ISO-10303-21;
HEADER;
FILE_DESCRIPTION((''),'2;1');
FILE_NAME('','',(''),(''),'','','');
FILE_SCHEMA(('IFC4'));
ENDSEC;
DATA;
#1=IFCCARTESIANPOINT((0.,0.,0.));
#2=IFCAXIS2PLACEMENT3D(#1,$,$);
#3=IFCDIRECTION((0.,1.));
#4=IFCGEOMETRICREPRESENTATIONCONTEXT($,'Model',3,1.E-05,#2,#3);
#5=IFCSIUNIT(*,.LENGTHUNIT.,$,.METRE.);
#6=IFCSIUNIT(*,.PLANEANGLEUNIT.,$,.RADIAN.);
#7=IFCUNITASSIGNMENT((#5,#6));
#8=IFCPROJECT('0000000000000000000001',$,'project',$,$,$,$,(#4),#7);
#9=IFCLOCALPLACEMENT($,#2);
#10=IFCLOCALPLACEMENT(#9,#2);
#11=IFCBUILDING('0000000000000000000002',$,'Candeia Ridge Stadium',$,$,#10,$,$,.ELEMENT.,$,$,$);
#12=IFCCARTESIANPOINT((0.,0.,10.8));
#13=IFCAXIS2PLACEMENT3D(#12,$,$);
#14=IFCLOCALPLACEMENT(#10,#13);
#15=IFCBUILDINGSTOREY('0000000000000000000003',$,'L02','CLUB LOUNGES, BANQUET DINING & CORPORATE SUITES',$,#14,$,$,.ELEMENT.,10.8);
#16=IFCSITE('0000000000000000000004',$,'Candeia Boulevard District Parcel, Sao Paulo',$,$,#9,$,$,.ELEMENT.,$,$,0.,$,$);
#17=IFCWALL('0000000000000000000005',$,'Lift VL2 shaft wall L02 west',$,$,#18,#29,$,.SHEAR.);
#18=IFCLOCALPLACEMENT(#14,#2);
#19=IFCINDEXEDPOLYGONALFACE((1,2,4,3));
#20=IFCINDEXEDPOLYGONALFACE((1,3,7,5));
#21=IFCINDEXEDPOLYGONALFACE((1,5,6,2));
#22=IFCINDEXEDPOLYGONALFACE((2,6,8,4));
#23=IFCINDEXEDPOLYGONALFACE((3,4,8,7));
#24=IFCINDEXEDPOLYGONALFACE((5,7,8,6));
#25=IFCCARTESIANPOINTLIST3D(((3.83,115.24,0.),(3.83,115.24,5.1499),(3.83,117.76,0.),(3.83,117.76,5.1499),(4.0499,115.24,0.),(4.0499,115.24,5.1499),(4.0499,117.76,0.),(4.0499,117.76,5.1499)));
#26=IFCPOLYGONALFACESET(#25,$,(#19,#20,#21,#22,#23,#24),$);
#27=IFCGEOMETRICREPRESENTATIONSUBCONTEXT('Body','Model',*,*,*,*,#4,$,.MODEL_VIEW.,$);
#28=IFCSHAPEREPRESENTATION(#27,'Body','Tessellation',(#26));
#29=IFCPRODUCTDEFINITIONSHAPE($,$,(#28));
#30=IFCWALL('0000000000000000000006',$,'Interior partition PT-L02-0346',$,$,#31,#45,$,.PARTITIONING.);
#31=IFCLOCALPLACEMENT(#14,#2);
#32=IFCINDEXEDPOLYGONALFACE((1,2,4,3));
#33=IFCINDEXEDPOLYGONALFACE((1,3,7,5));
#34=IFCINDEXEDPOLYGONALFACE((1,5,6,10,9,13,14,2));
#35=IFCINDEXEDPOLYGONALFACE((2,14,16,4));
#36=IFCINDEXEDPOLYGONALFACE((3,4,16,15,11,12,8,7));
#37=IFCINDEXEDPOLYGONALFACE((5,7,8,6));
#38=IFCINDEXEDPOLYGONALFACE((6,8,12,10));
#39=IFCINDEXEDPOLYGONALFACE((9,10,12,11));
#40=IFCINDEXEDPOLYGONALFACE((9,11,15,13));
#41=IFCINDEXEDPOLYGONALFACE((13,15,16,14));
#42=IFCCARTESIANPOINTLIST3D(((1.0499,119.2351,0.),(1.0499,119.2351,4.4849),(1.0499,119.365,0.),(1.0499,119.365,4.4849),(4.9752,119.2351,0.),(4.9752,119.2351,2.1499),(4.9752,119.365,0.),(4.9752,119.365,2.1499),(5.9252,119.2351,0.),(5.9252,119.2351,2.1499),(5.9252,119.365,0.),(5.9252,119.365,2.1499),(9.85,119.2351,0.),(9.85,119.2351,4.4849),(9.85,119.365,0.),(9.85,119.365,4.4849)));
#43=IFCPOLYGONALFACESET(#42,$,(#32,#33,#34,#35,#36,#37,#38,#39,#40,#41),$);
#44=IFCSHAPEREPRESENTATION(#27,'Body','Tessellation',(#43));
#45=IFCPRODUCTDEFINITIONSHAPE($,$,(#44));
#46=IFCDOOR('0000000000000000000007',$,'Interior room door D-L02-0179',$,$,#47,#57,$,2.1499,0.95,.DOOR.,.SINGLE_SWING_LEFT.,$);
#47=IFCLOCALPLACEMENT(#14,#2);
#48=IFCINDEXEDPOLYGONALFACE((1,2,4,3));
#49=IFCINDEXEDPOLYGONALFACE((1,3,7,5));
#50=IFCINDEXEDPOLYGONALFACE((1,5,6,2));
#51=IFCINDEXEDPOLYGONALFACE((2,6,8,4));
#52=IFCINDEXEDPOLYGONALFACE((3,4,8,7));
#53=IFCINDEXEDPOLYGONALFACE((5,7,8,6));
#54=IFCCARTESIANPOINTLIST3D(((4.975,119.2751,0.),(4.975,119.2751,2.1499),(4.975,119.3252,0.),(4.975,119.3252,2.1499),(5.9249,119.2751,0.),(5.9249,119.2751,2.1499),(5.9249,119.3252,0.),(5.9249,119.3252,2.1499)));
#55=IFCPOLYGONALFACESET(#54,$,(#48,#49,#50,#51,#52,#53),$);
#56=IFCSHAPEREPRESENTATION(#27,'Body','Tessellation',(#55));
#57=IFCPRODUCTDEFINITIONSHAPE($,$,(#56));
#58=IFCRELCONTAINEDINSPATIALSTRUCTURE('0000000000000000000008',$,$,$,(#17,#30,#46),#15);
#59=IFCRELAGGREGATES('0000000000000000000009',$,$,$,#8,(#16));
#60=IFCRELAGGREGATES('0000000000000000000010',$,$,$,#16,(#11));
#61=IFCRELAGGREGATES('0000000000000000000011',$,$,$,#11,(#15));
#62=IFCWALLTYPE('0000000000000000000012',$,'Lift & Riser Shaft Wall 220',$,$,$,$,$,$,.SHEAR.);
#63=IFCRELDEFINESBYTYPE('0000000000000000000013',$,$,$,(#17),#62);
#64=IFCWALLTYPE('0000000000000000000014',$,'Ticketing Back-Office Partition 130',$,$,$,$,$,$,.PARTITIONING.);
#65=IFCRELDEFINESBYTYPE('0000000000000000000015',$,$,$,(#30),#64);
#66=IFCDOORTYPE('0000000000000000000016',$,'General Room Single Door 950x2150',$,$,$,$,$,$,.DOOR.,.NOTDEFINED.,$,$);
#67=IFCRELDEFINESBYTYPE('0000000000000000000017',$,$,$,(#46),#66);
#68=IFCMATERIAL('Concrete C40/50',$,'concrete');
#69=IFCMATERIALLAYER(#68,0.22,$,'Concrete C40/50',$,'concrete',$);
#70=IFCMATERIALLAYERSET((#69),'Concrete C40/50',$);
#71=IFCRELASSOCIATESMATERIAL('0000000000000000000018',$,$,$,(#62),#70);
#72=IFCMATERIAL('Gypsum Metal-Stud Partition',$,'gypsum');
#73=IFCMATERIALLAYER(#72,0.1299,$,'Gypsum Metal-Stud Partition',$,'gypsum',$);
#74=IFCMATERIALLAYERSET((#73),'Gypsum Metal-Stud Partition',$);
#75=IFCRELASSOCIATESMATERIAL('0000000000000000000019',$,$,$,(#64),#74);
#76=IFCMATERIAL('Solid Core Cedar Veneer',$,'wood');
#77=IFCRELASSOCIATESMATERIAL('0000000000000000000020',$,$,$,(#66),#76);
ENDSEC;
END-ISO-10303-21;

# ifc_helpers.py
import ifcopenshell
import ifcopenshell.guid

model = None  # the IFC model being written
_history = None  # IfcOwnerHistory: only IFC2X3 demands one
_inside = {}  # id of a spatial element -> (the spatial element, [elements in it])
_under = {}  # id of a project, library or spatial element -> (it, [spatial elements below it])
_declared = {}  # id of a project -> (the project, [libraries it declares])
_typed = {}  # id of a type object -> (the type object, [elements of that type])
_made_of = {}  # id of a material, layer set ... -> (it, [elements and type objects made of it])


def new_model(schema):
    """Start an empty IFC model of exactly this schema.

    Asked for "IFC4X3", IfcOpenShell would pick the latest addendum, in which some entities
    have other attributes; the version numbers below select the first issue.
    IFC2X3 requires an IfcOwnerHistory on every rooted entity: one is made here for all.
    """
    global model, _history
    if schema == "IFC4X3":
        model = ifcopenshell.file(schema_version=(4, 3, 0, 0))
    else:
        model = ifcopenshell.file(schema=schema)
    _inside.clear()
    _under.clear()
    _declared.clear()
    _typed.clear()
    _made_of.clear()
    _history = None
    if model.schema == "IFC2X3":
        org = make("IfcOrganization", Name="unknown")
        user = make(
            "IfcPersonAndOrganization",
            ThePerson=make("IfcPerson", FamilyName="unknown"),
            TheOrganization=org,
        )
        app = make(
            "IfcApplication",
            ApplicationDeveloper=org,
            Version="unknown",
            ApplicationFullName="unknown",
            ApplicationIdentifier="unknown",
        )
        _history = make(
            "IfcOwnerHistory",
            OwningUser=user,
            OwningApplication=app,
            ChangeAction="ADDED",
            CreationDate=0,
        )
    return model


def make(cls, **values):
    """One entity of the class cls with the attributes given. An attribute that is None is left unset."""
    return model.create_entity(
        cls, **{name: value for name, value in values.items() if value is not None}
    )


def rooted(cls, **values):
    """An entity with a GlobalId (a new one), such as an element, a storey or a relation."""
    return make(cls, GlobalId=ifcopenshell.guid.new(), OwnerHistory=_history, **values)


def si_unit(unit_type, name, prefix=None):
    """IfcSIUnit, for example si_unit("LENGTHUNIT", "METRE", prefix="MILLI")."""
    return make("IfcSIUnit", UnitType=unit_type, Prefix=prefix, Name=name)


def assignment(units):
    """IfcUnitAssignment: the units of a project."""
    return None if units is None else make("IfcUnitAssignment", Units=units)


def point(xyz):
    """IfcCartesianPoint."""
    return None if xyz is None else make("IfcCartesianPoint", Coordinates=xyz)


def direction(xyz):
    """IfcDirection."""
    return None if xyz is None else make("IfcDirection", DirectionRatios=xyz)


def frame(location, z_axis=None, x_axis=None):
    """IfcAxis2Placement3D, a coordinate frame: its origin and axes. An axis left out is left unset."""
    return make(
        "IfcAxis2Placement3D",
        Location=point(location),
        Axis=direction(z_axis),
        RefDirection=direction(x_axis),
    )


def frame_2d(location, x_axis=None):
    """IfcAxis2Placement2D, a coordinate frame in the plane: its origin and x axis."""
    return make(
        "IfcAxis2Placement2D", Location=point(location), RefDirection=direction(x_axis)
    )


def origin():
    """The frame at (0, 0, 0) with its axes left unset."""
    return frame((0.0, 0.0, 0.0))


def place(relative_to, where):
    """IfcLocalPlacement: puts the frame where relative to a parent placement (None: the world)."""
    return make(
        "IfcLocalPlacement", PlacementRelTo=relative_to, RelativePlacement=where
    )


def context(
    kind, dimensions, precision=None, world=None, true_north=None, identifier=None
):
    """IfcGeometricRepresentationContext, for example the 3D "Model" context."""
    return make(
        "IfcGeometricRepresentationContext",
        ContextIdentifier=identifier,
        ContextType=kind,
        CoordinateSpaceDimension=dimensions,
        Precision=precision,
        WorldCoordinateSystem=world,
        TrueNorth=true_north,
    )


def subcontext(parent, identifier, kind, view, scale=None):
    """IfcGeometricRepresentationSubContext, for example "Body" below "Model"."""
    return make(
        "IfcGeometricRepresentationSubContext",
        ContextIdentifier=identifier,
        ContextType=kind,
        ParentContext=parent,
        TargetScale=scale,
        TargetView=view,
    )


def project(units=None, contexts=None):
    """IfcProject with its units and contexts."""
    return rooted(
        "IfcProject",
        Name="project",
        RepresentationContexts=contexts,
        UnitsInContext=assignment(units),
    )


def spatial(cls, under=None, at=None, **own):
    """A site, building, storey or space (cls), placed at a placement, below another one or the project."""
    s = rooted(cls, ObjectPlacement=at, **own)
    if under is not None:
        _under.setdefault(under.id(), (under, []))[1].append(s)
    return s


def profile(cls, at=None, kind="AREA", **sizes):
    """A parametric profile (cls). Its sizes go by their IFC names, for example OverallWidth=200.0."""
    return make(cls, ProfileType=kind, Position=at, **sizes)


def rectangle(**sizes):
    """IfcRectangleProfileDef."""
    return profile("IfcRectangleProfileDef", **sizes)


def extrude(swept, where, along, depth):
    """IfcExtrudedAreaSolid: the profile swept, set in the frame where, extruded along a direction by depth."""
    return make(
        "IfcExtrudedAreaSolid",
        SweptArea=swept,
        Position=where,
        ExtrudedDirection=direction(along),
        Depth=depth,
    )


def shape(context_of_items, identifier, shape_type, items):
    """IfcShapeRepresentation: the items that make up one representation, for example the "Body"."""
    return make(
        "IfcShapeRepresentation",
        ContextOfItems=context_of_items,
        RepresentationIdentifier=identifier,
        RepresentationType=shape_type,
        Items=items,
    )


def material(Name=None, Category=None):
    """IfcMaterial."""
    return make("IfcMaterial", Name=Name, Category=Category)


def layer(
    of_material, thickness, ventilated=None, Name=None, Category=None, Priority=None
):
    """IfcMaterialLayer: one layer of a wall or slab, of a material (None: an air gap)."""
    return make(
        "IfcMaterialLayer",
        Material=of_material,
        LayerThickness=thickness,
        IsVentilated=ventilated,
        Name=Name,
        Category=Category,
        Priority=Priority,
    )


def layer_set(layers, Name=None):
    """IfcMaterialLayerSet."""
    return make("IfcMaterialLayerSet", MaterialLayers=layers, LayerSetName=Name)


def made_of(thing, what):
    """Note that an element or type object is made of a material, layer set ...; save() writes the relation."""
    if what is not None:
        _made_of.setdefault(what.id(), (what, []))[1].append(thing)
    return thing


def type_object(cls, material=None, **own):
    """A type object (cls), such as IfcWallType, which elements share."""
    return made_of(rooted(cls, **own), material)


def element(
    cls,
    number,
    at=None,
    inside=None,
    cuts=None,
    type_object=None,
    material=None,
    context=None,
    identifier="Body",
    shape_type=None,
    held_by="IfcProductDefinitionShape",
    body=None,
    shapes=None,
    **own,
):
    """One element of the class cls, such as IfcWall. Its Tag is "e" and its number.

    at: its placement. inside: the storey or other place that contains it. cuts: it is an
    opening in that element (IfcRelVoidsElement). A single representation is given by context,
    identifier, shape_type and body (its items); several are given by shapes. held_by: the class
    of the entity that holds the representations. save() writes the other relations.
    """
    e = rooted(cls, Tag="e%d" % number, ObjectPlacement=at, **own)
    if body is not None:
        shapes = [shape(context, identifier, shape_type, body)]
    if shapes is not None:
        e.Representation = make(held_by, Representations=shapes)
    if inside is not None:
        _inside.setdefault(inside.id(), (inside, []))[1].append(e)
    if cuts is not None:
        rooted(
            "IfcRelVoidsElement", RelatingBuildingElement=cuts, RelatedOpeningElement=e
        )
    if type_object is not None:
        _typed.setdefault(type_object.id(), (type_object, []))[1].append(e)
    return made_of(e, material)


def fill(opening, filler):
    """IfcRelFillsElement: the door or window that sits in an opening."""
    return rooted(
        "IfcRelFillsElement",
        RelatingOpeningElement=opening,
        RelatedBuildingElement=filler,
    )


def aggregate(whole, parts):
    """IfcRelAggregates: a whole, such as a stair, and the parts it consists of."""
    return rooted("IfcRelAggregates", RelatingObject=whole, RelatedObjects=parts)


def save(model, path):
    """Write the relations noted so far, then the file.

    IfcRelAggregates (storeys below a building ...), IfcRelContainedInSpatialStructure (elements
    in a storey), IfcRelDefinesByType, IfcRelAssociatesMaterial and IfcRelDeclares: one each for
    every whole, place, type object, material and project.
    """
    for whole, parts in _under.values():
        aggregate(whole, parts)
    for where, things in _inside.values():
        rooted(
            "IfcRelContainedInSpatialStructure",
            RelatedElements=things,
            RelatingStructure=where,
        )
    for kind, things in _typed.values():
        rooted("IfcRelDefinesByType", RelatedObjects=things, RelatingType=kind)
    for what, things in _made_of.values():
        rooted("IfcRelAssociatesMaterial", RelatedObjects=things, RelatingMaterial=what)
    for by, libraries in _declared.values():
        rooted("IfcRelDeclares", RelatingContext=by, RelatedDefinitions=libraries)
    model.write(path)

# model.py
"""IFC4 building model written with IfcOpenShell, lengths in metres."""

from ifc_helpers import new_model, si_unit, direction, frame, frame_2d, origin, place, context, subcontext, project, spatial, rectangle, extrude, material, layer, layer_set, type_object, element, fill, save


model = new_model("IFC4")

# Units and contexts
model_context = context("Model", 3, precision=1e-05, world=origin(), true_north=direction((0.0, 1.0)))
body_context = subcontext(model_context, "Body", "Model", "MODEL_VIEW")
ifc_project = project(units=[si_unit("LENGTHUNIT", "METRE"), si_unit("PLANEANGLEUNIT", "RADIAN")], contexts=[model_context])

# Site, building, storey
site_placement = place(None, origin())
site = spatial("IfcSite", under=ifc_project, at=site_placement, Name="Candeia Boulevard District Parcel, Sao Paulo", CompositionType="ELEMENT", RefElevation=0.0)
building_placement = place(site_placement, origin())
building = spatial("IfcBuilding", under=site, at=building_placement, Name="Candeia Ridge Stadium", CompositionType="ELEMENT")
storey_placement = place(building_placement, frame((0.0, 0.0, 10.8)))
storey = spatial("IfcBuildingStorey", under=building, at=storey_placement, Name="L02", Description="CLUB LOUNGES, BANQUET DINING & CORPORATE SUITES", CompositionType="ELEMENT", Elevation=10.8)

# Shared definitions
ifc_material_1 = material(Name="Concrete C40/50", Category="concrete")

# Shared definitions
ifc_layer_1 = layer(ifc_material_1, 0.22, Name="Concrete C40/50", Category="concrete")
ifc_layer_set_1 = layer_set([ifc_layer_1], Name="Concrete C40/50")
wall_type_1 = type_object("IfcWallType", Name="Lift & Riser Shaft Wall 220", PredefinedType="SHEAR", material=ifc_layer_set_1)

# Wall
wall_1_placement = place(storey_placement, frame((3.9399, 117.76, 0.0), z_axis=(0.0, 0.0, 1.0), x_axis=(0.0, -1.0, 0.0)))
element("IfcWall", 1, at=wall_1_placement, inside=storey, type_object=wall_type_1, Name="Lift VL2 shaft wall L02 west", PredefinedType="SHEAR", context=body_context, shape_type="SweptSolid", body=[
    extrude(rectangle(XDim=2.52, YDim=0.22, at=frame_2d((1.26, 0.0))), origin(), (0.0, 0.0, 1.0), 5.1499),
])

# Wall, opening, door
ifc_material_2 = material(Name="Gypsum Metal-Stud Partition", Category="gypsum")
ifc_layer_2 = layer(ifc_material_2, 0.1299, Name="Gypsum Metal-Stud Partition", Category="gypsum")
ifc_layer_set_2 = layer_set([ifc_layer_2], Name="Gypsum Metal-Stud Partition")
wall_type_2 = type_object("IfcWallType", Name="Ticketing Back-Office Partition 130", PredefinedType="PARTITIONING", material=ifc_layer_set_2)
wall_2_placement = place(storey_placement, frame((1.05, 119.3, 0.0), z_axis=(0.0, 0.0, 1.0), x_axis=(1.0, 0.0, 0.0)))
wall_2 = element("IfcWall", 2, at=wall_2_placement, inside=storey, type_object=wall_type_2, Name="Interior partition PT-L02-0346", PredefinedType="PARTITIONING", context=body_context, shape_type="SweptSolid", body=[
    extrude(rectangle(XDim=8.8, YDim=0.1299, at=frame_2d((4.3999, 0.0))), origin(), (0.0, 0.0, 1.0), 4.4849),
])
opening_1_placement = place(wall_2_placement, frame((3.925, 0.0, 0.0)))
opening_1 = element("IfcOpeningElement", 3, at=opening_1_placement, cuts=wall_2, PredefinedType="OPENING", context=body_context, shape_type="SweptSolid", body=[
    extrude(rectangle(XDim=0.95, YDim=2.1499, at=frame_2d((0.4751, 1.075))), frame((0.0, 0.075, 0.0), z_axis=(0.0, -1.0, 0.0), x_axis=(1.0, 0.0, 0.0)), (0.0, 0.0, 1.0), 0.1499),
])
ifc_material_3 = material(Name="Solid Core Cedar Veneer", Category="wood")
door_type_1 = type_object("IfcDoorType", Name="General Room Single Door 950x2150", OperationType="NOTDEFINED", PredefinedType="DOOR", material=ifc_material_3)
door_1_placement = place(opening_1_placement, frame((0.95, 0.0, 0.0), z_axis=(0.0, 0.0, 1.0), x_axis=(-1.0, 0.0, 0.0)))
door_1 = element("IfcDoor", 4, at=door_1_placement, inside=storey, type_object=door_type_1, Name="Interior room door D-L02-0179", OperationType="SINGLE_SWING_LEFT", OverallHeight=2.1499, OverallWidth=0.95, PredefinedType="DOOR", context=body_context, shape_type="SweptSolid", body=[
    extrude(rectangle(XDim=0.95, YDim=2.1499, at=frame_2d((0.4751, 1.075))), frame((0.0, 0.0249, 0.0), z_axis=(0.0, -1.0, 0.0), x_axis=(1.0, 0.0, 0.0)), (0.0, 0.0, 1.0), 0.05),
])
fill(opening_1, door_1)

save(model, "model.ifc")
